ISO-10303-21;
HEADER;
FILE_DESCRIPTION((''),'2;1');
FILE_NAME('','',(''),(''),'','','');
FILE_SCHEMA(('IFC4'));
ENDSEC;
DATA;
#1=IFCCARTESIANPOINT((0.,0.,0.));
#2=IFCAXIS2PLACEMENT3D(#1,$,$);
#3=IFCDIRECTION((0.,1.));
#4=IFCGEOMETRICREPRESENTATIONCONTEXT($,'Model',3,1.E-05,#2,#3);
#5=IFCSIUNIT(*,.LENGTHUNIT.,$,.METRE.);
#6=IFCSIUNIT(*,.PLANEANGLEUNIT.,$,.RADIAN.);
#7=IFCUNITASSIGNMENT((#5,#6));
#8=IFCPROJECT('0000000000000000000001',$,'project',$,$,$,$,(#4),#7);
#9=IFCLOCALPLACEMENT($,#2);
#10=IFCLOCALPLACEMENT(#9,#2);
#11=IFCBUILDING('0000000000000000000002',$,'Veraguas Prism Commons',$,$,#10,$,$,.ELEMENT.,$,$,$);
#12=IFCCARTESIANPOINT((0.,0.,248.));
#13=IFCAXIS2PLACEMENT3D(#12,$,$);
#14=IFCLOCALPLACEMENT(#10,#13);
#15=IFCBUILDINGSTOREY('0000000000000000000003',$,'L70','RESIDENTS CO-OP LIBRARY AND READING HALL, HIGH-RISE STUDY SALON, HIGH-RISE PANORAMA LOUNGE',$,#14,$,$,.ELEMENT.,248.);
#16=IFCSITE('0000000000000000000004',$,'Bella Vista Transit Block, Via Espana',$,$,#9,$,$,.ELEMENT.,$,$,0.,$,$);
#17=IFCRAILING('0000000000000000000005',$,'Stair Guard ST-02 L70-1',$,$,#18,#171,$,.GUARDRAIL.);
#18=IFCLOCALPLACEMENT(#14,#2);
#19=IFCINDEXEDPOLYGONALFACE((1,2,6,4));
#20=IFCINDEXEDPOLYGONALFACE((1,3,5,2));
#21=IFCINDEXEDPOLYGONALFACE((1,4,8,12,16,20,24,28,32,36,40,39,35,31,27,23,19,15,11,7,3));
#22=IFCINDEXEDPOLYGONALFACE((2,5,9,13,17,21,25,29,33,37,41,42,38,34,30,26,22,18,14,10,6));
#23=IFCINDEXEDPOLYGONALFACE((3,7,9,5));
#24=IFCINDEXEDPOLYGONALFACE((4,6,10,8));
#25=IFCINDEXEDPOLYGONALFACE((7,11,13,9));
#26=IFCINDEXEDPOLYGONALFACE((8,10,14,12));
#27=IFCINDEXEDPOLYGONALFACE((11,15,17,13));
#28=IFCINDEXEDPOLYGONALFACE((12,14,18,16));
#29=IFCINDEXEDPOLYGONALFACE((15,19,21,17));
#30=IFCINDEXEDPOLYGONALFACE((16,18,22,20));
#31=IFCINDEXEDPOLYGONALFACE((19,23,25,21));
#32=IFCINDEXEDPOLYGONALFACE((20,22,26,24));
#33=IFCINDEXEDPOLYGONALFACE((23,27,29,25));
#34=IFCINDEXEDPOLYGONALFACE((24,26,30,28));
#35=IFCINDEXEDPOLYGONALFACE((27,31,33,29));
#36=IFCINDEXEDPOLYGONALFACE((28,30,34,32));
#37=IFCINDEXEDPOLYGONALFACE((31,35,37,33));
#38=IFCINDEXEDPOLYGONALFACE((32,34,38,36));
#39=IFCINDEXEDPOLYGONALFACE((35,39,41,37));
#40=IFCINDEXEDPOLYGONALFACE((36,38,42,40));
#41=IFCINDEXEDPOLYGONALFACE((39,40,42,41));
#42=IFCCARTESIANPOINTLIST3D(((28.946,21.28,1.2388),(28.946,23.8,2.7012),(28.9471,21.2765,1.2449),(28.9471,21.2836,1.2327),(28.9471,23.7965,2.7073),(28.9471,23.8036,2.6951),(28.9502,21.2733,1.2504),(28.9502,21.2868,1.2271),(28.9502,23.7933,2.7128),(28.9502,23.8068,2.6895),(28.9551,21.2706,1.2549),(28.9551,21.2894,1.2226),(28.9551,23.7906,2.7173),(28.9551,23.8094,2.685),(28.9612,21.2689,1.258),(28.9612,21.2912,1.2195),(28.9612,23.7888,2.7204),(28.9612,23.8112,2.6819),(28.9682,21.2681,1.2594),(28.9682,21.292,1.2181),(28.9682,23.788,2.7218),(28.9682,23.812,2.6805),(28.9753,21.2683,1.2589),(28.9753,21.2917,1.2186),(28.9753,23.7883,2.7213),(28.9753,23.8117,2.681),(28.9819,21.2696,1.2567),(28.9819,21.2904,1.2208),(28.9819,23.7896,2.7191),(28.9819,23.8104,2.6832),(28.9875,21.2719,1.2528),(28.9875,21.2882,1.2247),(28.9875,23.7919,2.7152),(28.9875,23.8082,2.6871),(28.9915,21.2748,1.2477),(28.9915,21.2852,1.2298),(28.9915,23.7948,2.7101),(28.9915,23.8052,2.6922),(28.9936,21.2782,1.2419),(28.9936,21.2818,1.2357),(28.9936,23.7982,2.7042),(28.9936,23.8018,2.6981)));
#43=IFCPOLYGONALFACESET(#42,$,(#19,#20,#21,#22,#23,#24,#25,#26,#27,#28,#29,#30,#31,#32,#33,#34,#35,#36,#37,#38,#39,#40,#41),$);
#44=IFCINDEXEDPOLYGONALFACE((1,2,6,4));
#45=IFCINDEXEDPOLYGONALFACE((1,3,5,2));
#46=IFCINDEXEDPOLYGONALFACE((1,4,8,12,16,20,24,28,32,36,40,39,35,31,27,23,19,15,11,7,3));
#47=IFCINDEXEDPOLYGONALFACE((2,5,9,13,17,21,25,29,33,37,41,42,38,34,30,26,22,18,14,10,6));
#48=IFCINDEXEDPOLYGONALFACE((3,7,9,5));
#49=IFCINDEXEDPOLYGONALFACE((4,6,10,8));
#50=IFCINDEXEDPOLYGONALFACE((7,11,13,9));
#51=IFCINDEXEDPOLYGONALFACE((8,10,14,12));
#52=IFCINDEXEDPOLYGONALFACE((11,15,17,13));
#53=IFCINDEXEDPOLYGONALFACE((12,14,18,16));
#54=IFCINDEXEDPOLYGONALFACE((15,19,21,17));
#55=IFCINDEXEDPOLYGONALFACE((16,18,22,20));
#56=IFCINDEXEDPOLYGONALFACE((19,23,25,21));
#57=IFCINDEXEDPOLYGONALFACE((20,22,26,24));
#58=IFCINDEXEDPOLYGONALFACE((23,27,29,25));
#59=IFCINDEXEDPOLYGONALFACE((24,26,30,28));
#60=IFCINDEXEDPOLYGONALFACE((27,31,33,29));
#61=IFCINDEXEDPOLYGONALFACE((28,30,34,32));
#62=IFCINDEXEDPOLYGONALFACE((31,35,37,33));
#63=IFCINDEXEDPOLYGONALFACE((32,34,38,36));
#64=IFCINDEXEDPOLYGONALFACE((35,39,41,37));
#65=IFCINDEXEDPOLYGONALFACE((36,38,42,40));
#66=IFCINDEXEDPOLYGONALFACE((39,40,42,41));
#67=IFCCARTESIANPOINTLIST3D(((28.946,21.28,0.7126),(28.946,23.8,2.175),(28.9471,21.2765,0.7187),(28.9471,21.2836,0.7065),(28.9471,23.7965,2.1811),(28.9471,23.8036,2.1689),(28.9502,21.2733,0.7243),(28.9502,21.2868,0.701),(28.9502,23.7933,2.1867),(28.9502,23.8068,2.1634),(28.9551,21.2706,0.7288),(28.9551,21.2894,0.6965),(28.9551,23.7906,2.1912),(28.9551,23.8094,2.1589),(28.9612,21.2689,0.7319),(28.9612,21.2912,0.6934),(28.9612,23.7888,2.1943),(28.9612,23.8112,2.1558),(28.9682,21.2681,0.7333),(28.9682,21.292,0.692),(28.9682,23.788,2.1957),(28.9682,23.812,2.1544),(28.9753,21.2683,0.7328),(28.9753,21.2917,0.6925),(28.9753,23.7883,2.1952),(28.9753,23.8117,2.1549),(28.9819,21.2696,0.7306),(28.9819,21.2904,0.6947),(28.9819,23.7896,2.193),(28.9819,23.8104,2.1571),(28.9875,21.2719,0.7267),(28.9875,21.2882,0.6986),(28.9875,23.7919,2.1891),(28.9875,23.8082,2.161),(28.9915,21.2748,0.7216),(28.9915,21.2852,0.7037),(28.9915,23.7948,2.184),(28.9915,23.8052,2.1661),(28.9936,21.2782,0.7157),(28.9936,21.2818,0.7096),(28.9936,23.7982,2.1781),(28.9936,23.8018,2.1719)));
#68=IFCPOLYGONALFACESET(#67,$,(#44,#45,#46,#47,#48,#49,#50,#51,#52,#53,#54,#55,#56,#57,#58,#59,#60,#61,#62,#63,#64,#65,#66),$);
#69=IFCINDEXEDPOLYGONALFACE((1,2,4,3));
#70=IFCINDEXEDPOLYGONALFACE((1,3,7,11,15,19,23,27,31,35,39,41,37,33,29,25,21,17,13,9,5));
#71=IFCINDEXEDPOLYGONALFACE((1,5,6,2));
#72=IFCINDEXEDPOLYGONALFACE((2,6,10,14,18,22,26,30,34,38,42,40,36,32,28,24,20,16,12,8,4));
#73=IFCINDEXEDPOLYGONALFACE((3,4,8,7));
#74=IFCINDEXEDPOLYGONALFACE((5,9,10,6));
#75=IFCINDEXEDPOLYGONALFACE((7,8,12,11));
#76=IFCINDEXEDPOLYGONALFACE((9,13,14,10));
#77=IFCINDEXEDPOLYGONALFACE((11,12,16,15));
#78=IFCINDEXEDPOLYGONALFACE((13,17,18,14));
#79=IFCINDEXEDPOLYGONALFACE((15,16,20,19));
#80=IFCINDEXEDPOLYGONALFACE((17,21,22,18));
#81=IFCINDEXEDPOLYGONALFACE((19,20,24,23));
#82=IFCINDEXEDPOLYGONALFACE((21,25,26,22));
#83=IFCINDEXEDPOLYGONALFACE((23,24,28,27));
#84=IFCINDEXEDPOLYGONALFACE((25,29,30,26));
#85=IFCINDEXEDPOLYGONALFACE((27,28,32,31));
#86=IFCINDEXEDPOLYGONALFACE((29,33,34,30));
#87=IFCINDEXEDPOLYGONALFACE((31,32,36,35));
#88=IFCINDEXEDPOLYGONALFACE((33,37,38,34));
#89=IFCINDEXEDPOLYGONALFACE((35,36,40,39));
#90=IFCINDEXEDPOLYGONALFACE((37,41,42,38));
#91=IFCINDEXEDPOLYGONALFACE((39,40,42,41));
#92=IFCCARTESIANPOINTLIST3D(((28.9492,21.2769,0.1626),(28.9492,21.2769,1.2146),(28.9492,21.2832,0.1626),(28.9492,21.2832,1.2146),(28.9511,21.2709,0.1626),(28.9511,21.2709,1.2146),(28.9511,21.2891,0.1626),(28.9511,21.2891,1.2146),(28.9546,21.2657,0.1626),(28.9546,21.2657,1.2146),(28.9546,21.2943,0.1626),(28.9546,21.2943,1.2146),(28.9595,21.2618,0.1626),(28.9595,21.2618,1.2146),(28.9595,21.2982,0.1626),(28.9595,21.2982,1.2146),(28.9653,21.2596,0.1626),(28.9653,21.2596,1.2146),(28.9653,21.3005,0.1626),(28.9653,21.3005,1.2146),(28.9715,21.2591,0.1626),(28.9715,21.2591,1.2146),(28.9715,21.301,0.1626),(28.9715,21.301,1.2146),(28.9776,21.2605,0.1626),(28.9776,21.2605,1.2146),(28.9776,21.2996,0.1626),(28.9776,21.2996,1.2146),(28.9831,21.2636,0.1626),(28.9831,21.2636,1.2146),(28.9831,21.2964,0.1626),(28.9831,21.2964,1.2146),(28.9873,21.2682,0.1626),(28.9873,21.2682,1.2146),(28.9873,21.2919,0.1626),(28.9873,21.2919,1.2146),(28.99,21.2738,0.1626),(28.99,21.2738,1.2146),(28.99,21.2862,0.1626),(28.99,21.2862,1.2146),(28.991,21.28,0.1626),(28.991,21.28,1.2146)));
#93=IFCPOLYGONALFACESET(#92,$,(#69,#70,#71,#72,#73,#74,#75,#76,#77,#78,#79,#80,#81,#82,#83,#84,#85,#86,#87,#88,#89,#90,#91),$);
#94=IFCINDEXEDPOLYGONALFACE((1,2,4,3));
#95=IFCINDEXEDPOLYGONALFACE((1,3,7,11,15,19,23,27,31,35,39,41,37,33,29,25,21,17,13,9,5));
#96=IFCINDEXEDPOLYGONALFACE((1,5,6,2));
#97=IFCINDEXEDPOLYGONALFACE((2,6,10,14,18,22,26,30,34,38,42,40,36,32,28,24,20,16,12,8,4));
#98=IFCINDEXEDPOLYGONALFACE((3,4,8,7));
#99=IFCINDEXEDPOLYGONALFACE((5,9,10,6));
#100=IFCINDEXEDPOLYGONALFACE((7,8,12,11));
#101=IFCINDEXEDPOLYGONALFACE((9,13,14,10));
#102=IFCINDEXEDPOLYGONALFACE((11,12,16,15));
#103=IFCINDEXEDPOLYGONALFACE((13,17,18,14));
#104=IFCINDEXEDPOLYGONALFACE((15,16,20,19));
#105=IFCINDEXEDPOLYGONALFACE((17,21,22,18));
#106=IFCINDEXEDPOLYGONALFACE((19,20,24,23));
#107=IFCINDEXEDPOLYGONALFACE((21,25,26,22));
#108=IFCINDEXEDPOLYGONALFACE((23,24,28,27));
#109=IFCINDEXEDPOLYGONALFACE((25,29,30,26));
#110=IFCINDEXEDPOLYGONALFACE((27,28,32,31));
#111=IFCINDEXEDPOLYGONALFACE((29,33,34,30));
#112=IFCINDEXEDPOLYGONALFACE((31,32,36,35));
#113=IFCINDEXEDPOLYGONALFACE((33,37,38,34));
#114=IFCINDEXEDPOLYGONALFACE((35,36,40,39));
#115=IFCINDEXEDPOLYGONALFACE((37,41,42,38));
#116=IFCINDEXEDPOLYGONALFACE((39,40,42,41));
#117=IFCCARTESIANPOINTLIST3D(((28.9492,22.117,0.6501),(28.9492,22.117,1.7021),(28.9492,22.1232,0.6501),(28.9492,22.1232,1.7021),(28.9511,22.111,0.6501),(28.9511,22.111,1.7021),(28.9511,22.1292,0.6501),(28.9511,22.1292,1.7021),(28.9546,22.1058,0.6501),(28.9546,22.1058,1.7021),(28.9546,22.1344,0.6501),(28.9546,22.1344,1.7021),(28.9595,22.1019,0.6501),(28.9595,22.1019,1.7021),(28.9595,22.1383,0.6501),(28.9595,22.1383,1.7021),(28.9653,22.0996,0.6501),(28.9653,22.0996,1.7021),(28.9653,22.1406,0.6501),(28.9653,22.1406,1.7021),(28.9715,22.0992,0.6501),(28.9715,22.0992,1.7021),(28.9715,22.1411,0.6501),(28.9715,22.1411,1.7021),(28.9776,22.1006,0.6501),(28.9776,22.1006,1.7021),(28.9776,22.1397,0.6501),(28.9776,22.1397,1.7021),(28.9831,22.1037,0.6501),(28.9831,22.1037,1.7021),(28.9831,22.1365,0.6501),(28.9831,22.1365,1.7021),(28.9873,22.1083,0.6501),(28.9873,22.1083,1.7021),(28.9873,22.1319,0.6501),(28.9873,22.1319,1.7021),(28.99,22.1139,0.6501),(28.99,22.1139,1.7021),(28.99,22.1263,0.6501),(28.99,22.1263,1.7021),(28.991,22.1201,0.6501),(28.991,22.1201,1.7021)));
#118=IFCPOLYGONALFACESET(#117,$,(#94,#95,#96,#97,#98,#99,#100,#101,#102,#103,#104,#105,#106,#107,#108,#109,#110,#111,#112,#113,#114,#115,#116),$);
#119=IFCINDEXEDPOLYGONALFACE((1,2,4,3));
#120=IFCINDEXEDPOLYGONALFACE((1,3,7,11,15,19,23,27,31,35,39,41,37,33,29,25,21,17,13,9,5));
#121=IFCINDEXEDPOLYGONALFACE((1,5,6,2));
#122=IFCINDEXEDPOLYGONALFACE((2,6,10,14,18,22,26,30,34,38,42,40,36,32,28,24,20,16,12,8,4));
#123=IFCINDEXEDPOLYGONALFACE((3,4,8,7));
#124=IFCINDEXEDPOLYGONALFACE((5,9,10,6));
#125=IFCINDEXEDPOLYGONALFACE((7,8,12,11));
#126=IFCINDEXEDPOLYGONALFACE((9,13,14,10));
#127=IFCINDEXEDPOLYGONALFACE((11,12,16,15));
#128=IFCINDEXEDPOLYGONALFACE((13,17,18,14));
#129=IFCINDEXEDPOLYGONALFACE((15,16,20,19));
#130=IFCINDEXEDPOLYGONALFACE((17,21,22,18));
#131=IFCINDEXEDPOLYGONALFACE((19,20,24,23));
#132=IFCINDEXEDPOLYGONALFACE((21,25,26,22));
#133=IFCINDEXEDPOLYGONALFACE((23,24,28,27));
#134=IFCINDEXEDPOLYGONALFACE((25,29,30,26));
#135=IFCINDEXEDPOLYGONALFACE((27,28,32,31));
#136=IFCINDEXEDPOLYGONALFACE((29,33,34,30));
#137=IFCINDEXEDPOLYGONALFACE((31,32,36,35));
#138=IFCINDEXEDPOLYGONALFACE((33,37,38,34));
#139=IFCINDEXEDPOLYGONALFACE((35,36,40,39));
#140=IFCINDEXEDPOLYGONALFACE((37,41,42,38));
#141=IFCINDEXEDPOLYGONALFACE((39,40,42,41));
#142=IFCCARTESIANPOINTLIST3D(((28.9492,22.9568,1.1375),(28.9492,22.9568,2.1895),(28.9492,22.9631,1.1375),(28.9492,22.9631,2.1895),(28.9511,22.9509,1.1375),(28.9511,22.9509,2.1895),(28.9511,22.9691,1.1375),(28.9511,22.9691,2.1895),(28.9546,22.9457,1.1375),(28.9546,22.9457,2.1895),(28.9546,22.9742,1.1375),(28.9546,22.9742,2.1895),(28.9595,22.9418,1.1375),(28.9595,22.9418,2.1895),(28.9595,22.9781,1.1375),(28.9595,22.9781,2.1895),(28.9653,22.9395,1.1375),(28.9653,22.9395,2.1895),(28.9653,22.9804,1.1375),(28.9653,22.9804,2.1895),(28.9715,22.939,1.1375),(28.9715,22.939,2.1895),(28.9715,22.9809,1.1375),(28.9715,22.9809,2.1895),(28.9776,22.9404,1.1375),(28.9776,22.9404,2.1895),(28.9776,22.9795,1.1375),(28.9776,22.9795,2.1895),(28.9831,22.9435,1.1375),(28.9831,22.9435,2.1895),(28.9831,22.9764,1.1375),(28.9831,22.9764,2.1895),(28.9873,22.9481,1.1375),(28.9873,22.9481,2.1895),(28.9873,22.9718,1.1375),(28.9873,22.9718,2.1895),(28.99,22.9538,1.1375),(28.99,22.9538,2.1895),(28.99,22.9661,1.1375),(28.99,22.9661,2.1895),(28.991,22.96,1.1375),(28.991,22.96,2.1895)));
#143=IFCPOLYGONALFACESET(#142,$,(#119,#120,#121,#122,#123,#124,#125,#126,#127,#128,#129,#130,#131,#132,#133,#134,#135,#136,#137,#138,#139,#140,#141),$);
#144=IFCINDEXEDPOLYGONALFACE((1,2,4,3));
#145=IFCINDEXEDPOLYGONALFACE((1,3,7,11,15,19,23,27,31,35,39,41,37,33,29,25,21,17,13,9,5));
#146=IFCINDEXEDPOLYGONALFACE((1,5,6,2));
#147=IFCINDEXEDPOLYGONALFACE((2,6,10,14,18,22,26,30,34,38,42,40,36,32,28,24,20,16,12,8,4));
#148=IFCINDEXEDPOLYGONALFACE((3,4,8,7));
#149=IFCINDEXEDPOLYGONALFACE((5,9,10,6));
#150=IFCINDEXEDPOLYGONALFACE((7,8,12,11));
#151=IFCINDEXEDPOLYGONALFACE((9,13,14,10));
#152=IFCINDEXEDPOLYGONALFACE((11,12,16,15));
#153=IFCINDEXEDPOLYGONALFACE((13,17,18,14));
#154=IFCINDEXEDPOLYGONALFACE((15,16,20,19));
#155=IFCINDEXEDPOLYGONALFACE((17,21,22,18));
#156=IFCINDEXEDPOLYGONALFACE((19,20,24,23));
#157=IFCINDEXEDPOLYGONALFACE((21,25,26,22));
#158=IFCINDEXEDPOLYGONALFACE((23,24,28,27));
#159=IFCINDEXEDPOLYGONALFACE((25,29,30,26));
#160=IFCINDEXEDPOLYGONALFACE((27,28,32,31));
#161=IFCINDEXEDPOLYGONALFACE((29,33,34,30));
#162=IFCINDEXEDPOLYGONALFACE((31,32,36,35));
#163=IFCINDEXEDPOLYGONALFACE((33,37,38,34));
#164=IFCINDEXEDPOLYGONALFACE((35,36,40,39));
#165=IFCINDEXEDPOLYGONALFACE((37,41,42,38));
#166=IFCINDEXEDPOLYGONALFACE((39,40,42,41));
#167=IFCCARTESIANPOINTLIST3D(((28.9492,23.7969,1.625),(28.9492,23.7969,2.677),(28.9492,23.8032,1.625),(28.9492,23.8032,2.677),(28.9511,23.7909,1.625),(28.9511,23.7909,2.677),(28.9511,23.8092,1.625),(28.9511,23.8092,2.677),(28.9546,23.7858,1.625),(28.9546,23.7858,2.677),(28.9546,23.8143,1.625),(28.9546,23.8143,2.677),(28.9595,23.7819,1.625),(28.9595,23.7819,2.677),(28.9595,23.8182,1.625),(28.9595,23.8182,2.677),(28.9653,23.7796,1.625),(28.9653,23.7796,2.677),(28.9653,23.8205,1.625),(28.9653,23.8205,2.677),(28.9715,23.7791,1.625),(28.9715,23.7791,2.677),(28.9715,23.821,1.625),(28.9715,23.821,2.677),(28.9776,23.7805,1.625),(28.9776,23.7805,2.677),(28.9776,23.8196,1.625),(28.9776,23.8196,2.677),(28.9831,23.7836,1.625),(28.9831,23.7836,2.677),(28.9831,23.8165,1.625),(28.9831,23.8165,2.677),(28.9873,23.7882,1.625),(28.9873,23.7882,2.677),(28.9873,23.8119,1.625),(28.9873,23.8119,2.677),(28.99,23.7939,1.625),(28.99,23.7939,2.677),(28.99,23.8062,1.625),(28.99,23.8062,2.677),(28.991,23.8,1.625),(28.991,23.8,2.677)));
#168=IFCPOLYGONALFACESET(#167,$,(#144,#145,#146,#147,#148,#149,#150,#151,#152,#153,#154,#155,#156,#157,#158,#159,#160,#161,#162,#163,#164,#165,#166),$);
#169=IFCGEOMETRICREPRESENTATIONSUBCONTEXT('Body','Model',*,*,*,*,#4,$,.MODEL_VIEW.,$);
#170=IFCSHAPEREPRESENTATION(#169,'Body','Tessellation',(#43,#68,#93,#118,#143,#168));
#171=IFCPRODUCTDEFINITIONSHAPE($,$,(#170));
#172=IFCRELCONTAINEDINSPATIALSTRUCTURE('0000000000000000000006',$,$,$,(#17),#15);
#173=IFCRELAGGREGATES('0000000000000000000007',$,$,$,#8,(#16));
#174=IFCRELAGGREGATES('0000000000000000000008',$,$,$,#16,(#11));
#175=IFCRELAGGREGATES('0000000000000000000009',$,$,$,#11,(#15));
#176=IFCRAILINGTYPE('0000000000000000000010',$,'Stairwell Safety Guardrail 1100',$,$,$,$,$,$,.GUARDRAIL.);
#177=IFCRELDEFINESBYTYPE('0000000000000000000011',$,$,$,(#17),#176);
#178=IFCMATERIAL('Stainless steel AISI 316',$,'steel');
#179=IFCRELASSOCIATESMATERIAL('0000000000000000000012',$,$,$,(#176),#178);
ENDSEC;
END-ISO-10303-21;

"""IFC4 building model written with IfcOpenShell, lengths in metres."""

from ifc_helpers import new_model, si_unit, direction, frame, origin, origin_2d, place, context, subcontext, project, spatial, circle, extrude, material, type_object, element, save


model = new_model("IFC4")

# Units and contexts
model_context = context("Model", 3, precision=1e-05, world=origin(), true_north=direction((0.0, 1.0)))
body_context = subcontext(model_context, "Body", "Model", "MODEL_VIEW")
ifc_project = project(units=[si_unit("LENGTHUNIT", "METRE"), si_unit("PLANEANGLEUNIT", "RADIAN")], contexts=[model_context])

# Site, building, storey
site_placement = place(None, origin())
site = spatial("IfcSite", under=ifc_project, at=site_placement, Name="Bella Vista Transit Block, Via Espana", CompositionType="ELEMENT", RefElevation=0.0)
building_placement = place(site_placement, origin())
building = spatial("IfcBuilding", under=site, at=building_placement, Name="Veraguas Prism Commons", CompositionType="ELEMENT")
storey_placement = place(building_placement, frame((0.0, 0.0, 248.0)))
storey = spatial("IfcBuildingStorey", under=building, at=storey_placement, Name="L70", Description="RESIDENTS CO-OP LIBRARY AND READING HALL, HIGH-RISE STUDY SALON, HIGH-RISE PANORAMA LOUNGE", CompositionType="ELEMENT", Elevation=248.0)

# Shared definitions
ifc_material_1 = material(Name="Stainless steel AISI 316", Category="steel")

# Railing
railing_type_1 = type_object("IfcRailingType", Name="Stairwell Safety Guardrail 1100", PredefinedType="GUARDRAIL", material=ifc_material_1)
railing_1_placement = place(storey_placement, frame((28.97, 21.28, 0.1626)))
element("IfcRailing", 1, at=railing_1_placement, inside=storey, type_object=railing_type_1, Name="Stair Guard ST-02 L70-1", PredefinedType="GUARDRAIL", context=body_context, shape_type="SweptSolid", body=[
    extrude(circle(Radius=0.0239, at=origin_2d()), frame((0.0, 0.0, 1.0762), z_axis=(0.0, 0.864913, 0.501921), x_axis=(-1.0, 0.0, 0.0)), (0.0, 0.0, 1.0), 2.9136),
    extrude(circle(Radius=0.0239, at=origin_2d()), frame((0.0, 0.0, 0.55), z_axis=(0.0, 0.864913, 0.501921), x_axis=(-1.0, 0.0, 0.0)), (0.0, 0.0, 1.0), 2.9136),
    extrude(circle(Radius=0.021, at=origin_2d()), origin(), (0.0, 0.0, 1.0), 1.052),
    extrude(circle(Radius=0.021, at=origin_2d()), frame((0.0, 0.8401, 0.4875)), (0.0, 0.0, 1.0), 1.052),
    extrude(circle(Radius=0.021, at=origin_2d()), frame((0.0, 1.6799, 0.9749)), (0.0, 0.0, 1.0), 1.052),
    extrude(circle(Radius=0.021, at=origin_2d()), frame((0.0, 2.52, 1.4624)), (0.0, 0.0, 1.0), 1.052),
])

save(model, "model.ifc")
